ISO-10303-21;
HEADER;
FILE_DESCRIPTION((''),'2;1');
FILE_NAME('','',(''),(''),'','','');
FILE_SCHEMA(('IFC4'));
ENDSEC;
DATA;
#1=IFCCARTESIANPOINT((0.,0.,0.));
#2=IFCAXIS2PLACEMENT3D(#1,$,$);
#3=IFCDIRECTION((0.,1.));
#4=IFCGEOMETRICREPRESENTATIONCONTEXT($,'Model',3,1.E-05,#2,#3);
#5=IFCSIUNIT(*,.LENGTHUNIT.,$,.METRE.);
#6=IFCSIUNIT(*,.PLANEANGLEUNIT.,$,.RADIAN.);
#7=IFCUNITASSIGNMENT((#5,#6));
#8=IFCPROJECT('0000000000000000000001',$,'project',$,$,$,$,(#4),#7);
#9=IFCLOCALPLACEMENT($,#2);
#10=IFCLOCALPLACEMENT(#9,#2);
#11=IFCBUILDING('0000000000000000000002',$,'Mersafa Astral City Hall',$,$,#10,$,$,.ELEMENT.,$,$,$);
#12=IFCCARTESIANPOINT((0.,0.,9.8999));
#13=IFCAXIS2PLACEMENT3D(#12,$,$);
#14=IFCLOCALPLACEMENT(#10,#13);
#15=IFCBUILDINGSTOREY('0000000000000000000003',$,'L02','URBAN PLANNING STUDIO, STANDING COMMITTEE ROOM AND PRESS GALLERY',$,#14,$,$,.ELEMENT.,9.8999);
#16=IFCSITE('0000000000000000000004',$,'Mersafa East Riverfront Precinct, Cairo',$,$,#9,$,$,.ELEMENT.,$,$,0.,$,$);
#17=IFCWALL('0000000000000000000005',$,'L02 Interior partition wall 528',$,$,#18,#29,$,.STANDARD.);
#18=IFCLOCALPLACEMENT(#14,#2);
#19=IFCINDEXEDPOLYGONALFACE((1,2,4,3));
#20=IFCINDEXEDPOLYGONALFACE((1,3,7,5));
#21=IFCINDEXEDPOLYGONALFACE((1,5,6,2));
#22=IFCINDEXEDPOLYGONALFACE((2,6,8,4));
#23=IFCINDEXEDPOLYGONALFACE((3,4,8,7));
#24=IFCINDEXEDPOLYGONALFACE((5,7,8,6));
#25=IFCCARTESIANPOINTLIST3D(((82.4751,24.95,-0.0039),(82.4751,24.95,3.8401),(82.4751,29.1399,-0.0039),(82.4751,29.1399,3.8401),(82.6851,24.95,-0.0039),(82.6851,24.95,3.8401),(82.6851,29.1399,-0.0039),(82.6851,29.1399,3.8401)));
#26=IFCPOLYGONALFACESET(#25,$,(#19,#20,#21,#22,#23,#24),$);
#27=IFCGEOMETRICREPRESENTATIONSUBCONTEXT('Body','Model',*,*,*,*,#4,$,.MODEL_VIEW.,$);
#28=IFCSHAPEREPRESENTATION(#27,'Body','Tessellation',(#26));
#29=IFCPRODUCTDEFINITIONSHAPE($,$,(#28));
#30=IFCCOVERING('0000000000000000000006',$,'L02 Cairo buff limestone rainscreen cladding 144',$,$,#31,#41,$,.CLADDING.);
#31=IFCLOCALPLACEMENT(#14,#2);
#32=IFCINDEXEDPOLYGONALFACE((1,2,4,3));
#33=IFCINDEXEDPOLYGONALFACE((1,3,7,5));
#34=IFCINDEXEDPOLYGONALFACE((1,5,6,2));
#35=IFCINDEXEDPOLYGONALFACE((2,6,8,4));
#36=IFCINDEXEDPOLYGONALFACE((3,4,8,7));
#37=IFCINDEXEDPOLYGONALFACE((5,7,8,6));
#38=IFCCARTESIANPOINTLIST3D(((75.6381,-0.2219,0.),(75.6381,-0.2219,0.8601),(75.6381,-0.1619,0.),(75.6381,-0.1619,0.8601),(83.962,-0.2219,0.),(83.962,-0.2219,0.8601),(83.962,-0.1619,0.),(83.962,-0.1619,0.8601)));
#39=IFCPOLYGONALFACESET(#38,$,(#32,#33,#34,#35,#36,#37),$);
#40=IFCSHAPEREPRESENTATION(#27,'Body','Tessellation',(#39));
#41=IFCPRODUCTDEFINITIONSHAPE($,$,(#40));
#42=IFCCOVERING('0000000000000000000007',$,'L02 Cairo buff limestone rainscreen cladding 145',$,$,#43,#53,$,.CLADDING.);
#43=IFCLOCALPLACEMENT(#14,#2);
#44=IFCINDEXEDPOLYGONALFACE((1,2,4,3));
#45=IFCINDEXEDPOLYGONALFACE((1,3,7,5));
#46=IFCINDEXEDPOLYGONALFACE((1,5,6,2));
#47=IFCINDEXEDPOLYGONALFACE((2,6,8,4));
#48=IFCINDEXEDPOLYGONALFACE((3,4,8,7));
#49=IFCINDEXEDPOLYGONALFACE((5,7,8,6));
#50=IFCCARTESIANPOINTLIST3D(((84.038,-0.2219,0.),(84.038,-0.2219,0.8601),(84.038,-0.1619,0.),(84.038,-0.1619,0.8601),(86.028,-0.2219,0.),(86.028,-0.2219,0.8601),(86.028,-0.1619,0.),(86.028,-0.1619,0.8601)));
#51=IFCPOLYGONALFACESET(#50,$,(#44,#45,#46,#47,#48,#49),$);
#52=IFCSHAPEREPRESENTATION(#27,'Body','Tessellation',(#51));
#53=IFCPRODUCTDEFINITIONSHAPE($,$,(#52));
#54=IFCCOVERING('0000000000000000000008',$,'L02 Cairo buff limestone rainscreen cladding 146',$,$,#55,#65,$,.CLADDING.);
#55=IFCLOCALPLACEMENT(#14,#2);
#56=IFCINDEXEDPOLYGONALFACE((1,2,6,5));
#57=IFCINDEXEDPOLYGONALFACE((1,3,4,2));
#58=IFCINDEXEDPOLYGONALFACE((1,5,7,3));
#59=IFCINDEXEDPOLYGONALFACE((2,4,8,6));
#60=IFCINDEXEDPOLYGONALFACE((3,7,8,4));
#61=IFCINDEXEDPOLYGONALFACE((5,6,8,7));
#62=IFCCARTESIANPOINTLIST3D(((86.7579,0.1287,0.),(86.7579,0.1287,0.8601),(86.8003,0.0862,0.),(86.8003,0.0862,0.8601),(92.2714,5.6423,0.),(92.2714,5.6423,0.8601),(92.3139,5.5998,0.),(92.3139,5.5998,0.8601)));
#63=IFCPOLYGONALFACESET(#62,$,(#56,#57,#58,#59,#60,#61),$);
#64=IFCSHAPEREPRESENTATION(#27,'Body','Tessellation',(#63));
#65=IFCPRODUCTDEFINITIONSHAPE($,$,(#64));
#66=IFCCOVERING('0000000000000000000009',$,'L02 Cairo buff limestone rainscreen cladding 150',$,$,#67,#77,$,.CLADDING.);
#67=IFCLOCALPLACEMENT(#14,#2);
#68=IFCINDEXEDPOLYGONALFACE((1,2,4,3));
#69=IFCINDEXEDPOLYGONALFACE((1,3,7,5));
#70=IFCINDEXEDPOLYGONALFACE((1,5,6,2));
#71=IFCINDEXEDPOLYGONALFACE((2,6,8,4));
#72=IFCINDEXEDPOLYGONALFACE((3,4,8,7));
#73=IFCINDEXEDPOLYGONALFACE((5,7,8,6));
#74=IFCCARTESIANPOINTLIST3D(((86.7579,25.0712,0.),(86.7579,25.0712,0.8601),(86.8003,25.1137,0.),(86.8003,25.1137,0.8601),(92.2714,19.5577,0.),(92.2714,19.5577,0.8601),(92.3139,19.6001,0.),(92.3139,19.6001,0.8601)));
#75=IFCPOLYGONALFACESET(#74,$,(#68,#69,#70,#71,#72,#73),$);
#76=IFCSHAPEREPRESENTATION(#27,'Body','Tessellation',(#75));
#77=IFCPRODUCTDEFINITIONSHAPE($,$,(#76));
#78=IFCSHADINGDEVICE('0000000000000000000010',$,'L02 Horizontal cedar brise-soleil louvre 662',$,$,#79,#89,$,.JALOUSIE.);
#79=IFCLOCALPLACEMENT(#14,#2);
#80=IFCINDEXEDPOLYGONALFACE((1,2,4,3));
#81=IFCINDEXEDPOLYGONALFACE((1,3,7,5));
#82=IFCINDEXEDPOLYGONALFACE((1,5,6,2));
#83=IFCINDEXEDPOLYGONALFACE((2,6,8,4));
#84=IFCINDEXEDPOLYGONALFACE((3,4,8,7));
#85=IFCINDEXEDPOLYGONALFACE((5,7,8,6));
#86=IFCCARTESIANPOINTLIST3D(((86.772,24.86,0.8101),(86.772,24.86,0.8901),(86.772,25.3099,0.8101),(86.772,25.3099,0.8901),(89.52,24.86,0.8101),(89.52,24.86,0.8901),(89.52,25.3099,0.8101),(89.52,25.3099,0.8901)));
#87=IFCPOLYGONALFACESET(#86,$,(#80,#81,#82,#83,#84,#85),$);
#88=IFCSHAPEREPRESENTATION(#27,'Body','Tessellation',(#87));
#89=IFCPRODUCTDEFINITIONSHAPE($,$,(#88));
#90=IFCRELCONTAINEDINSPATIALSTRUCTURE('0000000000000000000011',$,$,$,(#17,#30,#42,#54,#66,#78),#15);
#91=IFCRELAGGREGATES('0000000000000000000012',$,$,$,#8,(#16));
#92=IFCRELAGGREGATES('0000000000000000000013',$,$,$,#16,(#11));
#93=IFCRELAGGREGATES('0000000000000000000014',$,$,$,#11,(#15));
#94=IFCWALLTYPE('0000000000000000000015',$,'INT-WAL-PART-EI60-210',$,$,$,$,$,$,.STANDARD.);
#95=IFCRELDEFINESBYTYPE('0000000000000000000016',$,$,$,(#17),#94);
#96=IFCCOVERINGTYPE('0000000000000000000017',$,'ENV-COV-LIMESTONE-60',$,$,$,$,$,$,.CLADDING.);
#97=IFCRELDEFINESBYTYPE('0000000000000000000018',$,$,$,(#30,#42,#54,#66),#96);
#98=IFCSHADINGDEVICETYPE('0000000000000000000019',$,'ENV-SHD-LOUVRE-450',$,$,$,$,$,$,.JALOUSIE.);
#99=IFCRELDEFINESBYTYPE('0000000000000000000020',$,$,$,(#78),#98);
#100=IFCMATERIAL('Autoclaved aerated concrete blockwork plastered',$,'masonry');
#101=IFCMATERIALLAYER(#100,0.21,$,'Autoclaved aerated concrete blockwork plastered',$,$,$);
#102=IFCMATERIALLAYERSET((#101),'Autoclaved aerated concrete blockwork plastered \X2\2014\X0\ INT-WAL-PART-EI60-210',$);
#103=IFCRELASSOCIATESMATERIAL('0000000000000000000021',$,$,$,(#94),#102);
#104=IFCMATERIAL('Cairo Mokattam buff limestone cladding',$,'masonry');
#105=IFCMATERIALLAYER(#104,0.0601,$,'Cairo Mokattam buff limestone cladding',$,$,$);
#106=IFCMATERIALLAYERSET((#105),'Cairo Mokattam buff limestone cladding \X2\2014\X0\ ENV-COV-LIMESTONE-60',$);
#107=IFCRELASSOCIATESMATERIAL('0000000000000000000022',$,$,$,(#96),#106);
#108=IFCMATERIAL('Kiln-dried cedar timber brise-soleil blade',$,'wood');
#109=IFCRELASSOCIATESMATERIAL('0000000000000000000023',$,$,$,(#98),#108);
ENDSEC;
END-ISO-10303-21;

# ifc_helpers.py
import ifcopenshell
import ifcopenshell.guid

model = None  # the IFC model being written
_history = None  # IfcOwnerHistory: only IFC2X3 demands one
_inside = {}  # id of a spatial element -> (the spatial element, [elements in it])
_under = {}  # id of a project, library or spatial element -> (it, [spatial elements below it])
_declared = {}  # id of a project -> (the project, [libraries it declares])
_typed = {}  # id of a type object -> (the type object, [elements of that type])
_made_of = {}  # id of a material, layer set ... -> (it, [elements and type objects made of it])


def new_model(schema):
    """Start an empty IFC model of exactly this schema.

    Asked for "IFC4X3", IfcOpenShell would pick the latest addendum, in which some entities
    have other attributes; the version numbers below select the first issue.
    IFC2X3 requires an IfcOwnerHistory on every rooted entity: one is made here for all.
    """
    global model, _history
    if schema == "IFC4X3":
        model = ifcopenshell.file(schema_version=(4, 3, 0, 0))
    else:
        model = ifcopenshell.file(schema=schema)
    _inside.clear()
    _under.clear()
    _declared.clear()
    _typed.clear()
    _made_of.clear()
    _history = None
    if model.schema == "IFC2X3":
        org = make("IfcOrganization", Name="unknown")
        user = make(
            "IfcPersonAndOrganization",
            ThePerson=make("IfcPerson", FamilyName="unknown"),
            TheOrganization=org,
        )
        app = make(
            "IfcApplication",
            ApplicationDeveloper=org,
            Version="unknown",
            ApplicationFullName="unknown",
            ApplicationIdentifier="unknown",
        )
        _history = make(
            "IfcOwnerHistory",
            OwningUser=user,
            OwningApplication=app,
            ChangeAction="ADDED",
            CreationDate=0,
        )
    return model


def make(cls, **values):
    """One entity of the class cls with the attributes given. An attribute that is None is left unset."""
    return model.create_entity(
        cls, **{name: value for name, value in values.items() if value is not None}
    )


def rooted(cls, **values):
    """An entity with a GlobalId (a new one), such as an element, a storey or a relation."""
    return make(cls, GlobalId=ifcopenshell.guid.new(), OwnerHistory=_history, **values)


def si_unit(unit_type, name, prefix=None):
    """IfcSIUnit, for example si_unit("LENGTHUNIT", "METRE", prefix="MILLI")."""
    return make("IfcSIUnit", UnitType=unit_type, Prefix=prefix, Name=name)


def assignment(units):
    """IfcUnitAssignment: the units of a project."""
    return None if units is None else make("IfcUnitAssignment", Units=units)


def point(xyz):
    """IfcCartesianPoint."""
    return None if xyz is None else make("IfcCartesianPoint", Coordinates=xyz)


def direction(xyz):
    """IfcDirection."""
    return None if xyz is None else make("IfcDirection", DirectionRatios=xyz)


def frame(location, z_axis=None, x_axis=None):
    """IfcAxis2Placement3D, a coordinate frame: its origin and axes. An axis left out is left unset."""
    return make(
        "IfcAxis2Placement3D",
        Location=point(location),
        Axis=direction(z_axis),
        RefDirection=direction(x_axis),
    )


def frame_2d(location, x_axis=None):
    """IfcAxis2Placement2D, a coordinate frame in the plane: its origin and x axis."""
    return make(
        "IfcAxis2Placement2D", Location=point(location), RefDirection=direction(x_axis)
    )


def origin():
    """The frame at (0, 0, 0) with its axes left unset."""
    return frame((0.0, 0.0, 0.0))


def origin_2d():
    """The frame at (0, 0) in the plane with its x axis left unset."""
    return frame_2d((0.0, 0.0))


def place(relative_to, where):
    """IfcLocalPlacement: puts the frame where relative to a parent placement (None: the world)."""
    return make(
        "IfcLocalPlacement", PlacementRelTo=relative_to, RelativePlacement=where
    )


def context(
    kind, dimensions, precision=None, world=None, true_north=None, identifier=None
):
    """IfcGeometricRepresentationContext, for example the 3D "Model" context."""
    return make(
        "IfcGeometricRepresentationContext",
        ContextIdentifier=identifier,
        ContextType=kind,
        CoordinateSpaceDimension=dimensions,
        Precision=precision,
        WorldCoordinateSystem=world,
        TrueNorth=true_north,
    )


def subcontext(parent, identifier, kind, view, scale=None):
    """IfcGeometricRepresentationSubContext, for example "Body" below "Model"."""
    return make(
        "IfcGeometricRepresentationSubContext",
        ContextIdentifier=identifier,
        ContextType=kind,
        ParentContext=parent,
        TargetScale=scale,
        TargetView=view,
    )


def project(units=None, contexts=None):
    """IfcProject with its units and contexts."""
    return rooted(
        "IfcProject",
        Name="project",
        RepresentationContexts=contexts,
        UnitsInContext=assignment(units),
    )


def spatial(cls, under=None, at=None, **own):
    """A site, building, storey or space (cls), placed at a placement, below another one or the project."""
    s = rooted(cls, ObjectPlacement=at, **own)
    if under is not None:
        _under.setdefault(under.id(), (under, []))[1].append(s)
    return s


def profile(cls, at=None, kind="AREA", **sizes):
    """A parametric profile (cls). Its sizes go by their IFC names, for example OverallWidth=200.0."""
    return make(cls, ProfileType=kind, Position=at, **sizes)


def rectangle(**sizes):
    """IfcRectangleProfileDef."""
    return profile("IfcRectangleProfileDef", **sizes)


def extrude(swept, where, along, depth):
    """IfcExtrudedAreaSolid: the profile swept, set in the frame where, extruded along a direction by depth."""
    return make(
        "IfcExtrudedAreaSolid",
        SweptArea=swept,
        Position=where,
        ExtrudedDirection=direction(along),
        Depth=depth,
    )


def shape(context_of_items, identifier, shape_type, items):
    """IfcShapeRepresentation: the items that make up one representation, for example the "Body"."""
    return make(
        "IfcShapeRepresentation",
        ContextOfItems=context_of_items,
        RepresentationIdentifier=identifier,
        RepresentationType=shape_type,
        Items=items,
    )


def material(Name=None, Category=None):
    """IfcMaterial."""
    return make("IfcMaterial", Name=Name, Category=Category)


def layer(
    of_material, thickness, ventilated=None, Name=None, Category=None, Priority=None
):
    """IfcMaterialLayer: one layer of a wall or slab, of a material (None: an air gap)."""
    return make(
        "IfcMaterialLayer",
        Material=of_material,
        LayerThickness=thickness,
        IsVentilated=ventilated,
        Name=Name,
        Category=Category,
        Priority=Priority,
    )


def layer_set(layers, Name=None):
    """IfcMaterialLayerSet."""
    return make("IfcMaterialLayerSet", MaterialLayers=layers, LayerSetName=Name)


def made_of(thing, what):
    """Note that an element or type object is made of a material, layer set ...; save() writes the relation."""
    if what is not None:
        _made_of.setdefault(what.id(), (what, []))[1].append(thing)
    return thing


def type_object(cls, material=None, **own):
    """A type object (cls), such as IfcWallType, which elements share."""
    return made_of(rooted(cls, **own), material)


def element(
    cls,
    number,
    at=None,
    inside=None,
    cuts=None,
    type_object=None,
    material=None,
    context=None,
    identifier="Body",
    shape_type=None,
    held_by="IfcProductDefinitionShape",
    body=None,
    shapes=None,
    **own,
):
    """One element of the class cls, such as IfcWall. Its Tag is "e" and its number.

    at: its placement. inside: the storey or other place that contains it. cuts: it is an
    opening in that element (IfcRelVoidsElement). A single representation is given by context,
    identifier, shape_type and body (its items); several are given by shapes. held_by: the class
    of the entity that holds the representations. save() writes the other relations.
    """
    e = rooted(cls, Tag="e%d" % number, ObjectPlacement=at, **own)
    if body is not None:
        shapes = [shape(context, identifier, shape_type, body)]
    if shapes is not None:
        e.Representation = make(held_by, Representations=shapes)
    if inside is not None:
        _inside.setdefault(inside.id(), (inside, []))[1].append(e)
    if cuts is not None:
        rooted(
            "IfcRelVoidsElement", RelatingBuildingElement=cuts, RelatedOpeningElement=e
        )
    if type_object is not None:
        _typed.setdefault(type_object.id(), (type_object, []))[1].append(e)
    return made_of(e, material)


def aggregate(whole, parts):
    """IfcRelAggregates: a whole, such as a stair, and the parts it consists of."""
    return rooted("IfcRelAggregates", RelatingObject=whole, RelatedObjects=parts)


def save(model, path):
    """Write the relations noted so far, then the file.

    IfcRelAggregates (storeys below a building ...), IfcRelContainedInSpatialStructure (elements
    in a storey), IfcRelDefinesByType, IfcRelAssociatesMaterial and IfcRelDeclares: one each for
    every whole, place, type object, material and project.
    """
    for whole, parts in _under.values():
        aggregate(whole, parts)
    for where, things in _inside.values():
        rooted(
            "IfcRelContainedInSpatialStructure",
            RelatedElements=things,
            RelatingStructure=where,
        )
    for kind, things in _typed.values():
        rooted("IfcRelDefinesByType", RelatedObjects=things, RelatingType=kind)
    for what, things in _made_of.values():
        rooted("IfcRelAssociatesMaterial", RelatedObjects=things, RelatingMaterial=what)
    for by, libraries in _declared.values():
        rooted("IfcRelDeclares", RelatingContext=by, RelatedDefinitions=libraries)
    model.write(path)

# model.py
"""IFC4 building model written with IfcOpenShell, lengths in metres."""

from ifc_helpers import new_model, si_unit, direction, frame, frame_2d, origin, origin_2d, place, context, subcontext, project, spatial, rectangle, extrude, material, layer, layer_set, type_object, element, save


model = new_model("IFC4")

# Units and contexts
model_context = context("Model", 3, precision=1e-05, world=origin(), true_north=direction((0.0, 1.0)))
body_context = subcontext(model_context, "Body", "Model", "MODEL_VIEW")
ifc_project = project(units=[si_unit("LENGTHUNIT", "METRE"), si_unit("PLANEANGLEUNIT", "RADIAN")], contexts=[model_context])

# Site, building, storey
site_placement = place(None, origin())
site = spatial("IfcSite", under=ifc_project, at=site_placement, Name="Mersafa East Riverfront Precinct, Cairo", CompositionType="ELEMENT", RefElevation=0.0)
building_placement = place(site_placement, origin())
building = spatial("IfcBuilding", under=site, at=building_placement, Name="Mersafa Astral City Hall", CompositionType="ELEMENT")
storey_placement = place(building_placement, frame((0.0, 0.0, 9.8999)))
storey = spatial("IfcBuildingStorey", under=building, at=storey_placement, Name="L02", Description="URBAN PLANNING STUDIO, STANDING COMMITTEE ROOM AND PRESS GALLERY", CompositionType="ELEMENT", Elevation=9.8999)

# Wall
ifc_material_1 = material(Name="Autoclaved aerated concrete blockwork plastered", Category="masonry")
ifc_layer_1 = layer(ifc_material_1, 0.21, Name="Autoclaved aerated concrete blockwork plastered")
ifc_layer_set_1 = layer_set([ifc_layer_1], Name="Autoclaved aerated concrete blockwork plastered — INT-WAL-PART-EI60-210")
wall_type_1 = type_object("IfcWallType", Name="INT-WAL-PART-EI60-210", PredefinedType="STANDARD", material=ifc_layer_set_1)
wall_1_placement = place(storey_placement, frame((82.5801, 24.95, -0.0039), z_axis=(0.0, 0.0, 1.0), x_axis=(0.0, 1.0, 0.0)))
element("IfcWall", 1, at=wall_1_placement, inside=storey, type_object=wall_type_1, Name="L02 Interior partition wall 528", PredefinedType="STANDARD", context=body_context, shape_type="SweptSolid", body=[
    extrude(rectangle(XDim=4.1899, YDim=0.21, at=frame_2d((2.095, 0.0))), origin(), (0.0, 0.0, 1.0), 3.844),
])

# Coverings
ifc_material_2 = material(Name="Cairo Mokattam buff limestone cladding", Category="masonry")
ifc_layer_2 = layer(ifc_material_2, 0.0601, Name="Cairo Mokattam buff limestone cladding")
ifc_layer_set_2 = layer_set([ifc_layer_2], Name="Cairo Mokattam buff limestone cladding — ENV-COV-LIMESTONE-60")
covering_type = type_object("IfcCoveringType", Name="ENV-COV-LIMESTONE-60", PredefinedType="CLADDING", material=ifc_layer_set_2)
covering_1_placement = place(storey_placement, frame((79.8, -0.1919, 0.0), z_axis=(0.0, 0.0, 1.0), x_axis=(1.0, 0.0, 0.0)))
element("IfcCovering", 2, at=covering_1_placement, inside=storey, type_object=covering_type, Name="L02 Cairo buff limestone rainscreen cladding 144", PredefinedType="CLADDING", context=body_context, shape_type="SweptSolid", body=[
    extrude(rectangle(XDim=8.324, YDim=0.0601, at=origin_2d()), origin(), (0.0, 0.0, 1.0), 0.8601),
])
covering_2_placement = place(storey_placement, frame((85.033, -0.1919, 0.0), z_axis=(0.0, 0.0, 1.0), x_axis=(1.0, 0.0, 0.0)))
element("IfcCovering", 3, at=covering_2_placement, inside=storey, type_object=covering_type, Name="L02 Cairo buff limestone rainscreen cladding 145", PredefinedType="CLADDING", context=body_context, shape_type="SweptSolid", body=[
    extrude(rectangle(XDim=1.99, YDim=0.0601, at=origin_2d()), origin(), (0.0, 0.0, 1.0), 0.8601),
])
for number, where, z_axis, x_axis, name in (
    (4, (89.5359, 2.8643, 0.0), (0.0, 0.0, 1.0), (0.707107, 0.707107, 0.0), "L02 Cairo buff limestone rainscreen cladding 146"),
    (5, (89.5359, 22.3357, 0.0), (0.0, 0.0, 1.0), (-0.707107, 0.707107, 0.0), "L02 Cairo buff limestone rainscreen cladding 150"),
):
    element("IfcCovering", number, at=place(storey_placement, frame(where, z_axis=z_axis, x_axis=x_axis)), inside=storey, type_object=covering_type, Name=name, PredefinedType="CLADDING", context=body_context, shape_type="SweptSolid", body=[
        extrude(rectangle(XDim=7.7974, YDim=0.0601, at=origin_2d()), origin(), (0.0, 0.0, 1.0), 0.8601),
    ])

# Shading device
ifc_material_3 = material(Name="Kiln-dried cedar timber brise-soleil blade", Category="wood")
shading_device_type = type_object("IfcShadingDeviceType", Name="ENV-SHD-LOUVRE-450", PredefinedType="JALOUSIE", material=ifc_material_3)
shading_device_placement = place(storey_placement, frame((88.146, 25.085, 0.8101), z_axis=(0.0, 0.0, 1.0), x_axis=(1.0, 0.0, 0.0)))
element("IfcShadingDevice", 6, at=shading_device_placement, inside=storey, type_object=shading_device_type, Name="L02 Horizontal cedar brise-soleil louvre 662", PredefinedType="JALOUSIE", context=body_context, shape_type="SweptSolid", body=[
    extrude(rectangle(XDim=2.748, YDim=0.45, at=origin_2d()), origin(), (0.0, 0.0, 1.0), 0.0801),
])

save(model, "model.ifc")
